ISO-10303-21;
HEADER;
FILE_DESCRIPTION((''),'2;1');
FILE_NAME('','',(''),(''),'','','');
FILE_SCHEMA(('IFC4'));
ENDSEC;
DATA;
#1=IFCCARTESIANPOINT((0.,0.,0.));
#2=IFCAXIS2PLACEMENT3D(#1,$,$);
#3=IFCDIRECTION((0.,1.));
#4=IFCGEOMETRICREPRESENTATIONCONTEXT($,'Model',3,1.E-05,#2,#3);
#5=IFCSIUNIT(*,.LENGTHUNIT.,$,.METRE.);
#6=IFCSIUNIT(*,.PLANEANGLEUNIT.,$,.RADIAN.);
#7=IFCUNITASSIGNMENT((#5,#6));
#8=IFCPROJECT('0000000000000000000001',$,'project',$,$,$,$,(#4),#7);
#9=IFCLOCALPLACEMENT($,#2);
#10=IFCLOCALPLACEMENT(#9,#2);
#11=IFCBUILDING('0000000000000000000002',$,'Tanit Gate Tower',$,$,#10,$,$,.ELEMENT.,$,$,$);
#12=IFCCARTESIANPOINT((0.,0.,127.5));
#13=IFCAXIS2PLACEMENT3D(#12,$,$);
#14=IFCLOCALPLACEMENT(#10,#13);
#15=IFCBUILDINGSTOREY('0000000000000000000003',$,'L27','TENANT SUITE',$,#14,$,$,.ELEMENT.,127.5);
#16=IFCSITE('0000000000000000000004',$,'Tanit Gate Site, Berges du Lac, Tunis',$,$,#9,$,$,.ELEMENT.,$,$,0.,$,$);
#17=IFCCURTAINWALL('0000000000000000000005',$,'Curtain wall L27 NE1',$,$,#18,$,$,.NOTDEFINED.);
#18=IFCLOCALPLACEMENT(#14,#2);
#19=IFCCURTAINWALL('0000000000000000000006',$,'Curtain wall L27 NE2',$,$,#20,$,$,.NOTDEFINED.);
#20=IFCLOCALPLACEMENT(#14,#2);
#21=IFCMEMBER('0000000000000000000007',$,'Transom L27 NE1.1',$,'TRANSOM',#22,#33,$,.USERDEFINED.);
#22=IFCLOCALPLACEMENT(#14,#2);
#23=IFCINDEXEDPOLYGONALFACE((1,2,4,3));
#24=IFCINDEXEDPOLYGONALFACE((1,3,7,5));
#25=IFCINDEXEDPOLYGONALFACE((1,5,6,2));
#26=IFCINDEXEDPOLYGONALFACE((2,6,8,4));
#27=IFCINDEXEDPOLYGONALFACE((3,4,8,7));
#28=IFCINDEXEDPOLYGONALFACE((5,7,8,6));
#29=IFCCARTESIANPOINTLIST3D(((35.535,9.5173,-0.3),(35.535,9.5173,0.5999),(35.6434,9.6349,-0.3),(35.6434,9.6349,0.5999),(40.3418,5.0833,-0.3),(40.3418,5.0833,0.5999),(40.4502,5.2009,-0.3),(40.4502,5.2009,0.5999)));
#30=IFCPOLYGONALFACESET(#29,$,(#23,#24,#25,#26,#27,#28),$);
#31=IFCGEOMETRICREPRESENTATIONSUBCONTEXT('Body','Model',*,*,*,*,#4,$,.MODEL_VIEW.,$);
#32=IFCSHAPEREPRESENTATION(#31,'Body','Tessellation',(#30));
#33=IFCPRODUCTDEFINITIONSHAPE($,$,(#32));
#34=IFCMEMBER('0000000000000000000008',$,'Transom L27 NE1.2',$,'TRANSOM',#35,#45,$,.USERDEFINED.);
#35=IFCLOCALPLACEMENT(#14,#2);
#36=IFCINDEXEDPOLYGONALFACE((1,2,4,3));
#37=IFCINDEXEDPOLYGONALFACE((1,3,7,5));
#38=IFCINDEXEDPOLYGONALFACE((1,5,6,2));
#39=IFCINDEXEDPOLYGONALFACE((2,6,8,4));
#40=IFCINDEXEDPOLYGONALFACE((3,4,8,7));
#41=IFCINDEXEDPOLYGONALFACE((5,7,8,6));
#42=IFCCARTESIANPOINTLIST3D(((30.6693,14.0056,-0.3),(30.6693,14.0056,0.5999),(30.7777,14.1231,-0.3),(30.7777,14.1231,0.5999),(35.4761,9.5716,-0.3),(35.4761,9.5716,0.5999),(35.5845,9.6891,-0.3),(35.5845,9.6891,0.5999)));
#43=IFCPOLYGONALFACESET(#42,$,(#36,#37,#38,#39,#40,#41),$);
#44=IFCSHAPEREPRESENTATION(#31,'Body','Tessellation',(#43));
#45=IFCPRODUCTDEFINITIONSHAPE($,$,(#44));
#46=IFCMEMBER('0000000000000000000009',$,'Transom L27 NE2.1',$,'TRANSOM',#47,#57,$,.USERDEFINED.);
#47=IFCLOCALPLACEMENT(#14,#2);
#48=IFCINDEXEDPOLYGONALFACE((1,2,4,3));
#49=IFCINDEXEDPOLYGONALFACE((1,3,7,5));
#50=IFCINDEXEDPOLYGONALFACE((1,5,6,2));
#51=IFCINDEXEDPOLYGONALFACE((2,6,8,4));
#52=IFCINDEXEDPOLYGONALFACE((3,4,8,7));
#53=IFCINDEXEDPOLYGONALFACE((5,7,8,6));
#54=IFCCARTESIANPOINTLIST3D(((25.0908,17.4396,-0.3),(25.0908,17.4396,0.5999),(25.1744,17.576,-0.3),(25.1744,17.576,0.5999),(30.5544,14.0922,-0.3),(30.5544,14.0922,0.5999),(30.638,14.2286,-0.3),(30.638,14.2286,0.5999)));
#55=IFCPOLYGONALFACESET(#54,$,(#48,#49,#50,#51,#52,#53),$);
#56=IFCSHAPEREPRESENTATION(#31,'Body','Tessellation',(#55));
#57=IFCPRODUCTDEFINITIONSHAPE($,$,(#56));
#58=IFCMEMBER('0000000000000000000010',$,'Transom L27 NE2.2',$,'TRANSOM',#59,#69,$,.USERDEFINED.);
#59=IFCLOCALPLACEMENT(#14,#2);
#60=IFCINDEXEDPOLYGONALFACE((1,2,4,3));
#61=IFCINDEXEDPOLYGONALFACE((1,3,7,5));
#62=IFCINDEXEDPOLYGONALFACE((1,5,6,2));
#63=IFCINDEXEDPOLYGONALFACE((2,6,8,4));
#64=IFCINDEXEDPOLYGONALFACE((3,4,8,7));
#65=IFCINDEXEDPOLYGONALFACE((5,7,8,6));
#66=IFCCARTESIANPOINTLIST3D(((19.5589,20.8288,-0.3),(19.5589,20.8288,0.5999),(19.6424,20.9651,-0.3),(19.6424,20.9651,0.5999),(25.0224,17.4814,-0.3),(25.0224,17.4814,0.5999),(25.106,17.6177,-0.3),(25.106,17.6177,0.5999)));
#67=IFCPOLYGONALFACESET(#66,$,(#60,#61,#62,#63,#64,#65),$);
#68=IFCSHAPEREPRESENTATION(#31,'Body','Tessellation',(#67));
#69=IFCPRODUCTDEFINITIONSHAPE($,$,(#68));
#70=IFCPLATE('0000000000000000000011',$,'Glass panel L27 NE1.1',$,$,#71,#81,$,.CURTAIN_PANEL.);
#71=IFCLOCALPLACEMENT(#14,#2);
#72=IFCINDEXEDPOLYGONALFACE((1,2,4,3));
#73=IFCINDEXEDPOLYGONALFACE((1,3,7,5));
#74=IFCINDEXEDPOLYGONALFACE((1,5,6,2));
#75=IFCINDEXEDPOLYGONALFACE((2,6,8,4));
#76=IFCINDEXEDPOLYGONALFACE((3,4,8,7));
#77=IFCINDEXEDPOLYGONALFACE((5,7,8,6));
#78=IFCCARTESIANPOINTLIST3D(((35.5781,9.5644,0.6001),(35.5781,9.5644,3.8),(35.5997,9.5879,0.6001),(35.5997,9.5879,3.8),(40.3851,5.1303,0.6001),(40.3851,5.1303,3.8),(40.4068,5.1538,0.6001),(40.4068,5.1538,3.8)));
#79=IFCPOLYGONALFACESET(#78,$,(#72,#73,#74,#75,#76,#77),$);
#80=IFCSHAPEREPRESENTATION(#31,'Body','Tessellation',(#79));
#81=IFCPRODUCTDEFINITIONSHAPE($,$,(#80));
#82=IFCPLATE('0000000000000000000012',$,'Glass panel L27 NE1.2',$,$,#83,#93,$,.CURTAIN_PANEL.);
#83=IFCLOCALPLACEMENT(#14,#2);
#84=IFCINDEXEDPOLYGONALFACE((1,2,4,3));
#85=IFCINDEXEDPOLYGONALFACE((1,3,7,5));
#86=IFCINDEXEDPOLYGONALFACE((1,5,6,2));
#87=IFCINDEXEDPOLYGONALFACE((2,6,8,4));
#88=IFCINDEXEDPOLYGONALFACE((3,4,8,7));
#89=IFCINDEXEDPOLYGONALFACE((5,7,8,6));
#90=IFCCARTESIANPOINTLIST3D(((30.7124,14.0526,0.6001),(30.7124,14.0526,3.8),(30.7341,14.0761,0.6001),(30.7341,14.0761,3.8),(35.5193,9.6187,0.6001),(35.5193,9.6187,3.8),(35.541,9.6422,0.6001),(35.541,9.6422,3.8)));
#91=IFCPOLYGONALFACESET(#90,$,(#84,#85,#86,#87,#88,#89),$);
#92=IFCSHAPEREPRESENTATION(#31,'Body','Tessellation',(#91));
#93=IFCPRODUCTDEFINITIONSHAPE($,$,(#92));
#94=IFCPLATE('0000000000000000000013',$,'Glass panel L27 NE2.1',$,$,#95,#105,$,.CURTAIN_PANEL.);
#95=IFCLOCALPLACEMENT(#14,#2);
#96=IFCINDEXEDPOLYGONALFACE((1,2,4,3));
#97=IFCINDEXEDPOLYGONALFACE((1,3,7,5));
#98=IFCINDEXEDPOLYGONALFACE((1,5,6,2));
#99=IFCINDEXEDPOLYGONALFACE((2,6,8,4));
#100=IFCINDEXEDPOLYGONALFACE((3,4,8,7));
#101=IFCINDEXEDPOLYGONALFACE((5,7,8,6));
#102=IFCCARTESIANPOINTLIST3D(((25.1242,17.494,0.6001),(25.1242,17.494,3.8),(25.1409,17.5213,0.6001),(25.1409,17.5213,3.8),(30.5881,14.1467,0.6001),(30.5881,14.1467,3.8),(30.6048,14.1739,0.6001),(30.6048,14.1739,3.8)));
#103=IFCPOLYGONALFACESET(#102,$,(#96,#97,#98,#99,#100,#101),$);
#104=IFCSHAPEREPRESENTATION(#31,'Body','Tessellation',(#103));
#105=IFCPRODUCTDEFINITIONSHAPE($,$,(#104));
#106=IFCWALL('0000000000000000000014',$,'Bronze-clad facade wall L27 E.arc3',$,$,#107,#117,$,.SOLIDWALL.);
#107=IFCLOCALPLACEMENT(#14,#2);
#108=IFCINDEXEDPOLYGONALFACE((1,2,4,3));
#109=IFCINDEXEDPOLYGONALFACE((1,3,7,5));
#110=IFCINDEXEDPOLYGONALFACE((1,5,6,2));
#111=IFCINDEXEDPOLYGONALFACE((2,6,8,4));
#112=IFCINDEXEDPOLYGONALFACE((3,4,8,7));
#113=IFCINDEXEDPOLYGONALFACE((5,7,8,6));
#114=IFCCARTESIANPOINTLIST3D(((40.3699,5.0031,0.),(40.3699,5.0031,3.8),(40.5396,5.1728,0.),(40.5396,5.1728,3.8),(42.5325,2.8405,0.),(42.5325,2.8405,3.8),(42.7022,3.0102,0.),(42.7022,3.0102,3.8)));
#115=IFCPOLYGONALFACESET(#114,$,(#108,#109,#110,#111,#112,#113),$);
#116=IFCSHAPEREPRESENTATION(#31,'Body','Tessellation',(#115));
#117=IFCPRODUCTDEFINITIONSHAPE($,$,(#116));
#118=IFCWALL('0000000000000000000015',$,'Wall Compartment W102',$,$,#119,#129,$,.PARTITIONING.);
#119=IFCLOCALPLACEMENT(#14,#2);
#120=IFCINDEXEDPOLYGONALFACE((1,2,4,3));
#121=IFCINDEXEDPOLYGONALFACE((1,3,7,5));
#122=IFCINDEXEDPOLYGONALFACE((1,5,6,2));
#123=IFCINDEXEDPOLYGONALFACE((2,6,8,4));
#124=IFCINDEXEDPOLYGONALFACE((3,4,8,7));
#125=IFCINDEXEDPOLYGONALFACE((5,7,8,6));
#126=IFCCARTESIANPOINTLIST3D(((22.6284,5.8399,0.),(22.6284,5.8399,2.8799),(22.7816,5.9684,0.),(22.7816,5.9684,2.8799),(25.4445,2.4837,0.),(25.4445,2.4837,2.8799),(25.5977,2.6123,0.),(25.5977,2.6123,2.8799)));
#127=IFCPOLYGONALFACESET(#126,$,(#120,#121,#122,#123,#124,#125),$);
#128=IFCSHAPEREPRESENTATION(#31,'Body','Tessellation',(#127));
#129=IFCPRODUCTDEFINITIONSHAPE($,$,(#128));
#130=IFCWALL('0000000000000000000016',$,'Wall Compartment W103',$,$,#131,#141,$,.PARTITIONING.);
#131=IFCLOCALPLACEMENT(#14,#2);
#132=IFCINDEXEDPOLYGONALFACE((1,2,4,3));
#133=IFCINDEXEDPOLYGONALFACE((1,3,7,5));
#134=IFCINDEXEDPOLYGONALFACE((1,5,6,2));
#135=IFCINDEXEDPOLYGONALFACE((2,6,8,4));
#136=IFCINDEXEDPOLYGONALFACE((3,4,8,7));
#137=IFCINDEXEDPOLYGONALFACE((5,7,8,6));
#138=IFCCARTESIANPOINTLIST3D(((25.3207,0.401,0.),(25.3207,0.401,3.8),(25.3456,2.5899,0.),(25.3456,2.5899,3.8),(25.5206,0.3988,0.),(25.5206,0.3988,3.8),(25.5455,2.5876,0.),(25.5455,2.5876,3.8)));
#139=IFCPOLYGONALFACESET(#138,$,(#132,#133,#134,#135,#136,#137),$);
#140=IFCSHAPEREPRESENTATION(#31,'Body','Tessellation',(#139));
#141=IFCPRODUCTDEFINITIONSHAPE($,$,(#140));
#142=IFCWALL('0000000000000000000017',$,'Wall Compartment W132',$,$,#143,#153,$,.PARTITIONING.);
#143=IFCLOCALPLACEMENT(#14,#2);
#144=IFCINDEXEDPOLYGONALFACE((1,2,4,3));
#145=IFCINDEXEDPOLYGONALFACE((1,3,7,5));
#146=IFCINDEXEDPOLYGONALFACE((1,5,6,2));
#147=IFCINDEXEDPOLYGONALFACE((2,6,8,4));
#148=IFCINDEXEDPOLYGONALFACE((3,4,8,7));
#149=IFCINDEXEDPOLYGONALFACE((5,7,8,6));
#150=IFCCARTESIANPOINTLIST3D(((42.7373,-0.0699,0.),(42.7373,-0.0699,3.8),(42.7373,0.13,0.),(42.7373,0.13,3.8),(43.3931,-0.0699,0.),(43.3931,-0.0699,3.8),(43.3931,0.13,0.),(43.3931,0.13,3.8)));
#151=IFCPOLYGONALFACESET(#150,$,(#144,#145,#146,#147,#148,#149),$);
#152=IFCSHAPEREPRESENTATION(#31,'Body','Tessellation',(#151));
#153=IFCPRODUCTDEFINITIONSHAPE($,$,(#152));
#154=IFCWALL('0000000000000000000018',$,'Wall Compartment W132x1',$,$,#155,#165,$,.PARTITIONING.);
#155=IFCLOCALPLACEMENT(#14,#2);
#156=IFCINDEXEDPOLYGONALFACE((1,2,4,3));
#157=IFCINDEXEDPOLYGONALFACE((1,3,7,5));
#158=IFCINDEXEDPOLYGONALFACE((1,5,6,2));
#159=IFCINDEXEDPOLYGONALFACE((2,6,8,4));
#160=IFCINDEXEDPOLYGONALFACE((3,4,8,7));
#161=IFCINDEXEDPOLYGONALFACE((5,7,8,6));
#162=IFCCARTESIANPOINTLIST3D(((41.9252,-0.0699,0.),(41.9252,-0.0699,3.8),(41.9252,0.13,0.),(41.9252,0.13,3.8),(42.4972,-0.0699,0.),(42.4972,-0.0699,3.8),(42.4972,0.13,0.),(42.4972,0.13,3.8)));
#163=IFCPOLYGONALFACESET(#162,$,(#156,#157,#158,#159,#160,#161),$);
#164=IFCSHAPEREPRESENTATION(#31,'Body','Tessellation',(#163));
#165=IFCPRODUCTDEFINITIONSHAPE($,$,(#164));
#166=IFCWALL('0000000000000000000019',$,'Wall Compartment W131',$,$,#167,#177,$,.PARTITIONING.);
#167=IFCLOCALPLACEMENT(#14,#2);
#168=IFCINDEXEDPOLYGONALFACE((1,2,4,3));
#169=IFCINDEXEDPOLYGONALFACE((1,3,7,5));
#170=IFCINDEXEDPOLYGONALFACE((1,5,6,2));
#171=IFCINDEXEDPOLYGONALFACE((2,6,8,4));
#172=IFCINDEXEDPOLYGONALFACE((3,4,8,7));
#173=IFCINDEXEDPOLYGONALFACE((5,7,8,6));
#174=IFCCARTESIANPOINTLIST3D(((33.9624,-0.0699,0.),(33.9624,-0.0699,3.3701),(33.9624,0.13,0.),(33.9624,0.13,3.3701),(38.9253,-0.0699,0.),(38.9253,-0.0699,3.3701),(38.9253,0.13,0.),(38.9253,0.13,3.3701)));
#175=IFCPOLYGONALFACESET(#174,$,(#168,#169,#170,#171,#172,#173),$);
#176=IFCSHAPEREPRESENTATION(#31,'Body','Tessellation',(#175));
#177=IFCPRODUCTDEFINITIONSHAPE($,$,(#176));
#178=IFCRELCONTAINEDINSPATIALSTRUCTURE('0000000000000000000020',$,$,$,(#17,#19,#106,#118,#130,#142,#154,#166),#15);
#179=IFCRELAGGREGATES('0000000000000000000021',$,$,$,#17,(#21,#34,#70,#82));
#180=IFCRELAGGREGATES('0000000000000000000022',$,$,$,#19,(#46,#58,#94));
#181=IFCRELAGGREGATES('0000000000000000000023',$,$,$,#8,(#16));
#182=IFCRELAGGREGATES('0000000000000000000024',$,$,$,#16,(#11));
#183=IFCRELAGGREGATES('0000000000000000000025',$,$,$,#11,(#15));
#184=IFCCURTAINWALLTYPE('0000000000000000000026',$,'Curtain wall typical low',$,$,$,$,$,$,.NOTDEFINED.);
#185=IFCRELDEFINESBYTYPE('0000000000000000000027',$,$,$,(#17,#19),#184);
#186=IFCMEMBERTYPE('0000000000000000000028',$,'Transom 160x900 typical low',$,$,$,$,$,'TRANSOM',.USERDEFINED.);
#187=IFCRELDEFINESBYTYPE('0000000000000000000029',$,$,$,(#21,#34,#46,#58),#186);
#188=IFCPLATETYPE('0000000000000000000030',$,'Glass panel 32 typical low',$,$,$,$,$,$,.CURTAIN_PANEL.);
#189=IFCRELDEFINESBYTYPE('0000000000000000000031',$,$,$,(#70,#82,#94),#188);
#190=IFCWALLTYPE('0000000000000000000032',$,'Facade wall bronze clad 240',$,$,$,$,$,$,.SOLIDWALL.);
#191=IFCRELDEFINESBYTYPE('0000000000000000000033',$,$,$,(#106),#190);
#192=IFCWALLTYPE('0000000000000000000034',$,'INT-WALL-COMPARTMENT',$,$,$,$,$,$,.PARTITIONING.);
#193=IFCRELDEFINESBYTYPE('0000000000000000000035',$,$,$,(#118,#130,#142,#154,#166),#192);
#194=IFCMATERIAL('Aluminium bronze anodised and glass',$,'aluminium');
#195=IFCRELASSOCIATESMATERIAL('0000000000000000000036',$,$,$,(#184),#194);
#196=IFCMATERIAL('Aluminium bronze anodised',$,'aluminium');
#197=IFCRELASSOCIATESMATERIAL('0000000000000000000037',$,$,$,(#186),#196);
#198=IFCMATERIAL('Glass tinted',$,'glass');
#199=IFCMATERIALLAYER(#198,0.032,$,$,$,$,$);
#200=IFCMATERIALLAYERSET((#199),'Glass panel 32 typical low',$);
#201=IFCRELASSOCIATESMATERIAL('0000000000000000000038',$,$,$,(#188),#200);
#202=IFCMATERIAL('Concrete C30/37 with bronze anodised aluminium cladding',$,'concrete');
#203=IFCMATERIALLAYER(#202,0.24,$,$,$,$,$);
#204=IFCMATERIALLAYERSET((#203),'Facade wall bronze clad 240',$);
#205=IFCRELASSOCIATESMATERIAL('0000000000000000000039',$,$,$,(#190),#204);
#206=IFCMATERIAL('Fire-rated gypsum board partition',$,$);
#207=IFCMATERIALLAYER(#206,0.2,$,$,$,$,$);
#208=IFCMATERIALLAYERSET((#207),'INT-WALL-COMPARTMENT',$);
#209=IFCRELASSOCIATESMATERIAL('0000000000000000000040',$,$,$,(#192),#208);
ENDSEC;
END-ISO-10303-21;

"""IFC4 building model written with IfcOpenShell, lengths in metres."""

from ifc_helpers import new_model, si_unit, direction, frame, frame_2d, origin, origin_2d, place, context, subcontext, project, spatial, rectangle, extrude, material, layer, layer_set, material_profile, profile_set, type_object, element, aggregate, save


model = new_model("IFC4")

# Units and contexts
model_context = context("Model", 3, precision=1e-05, world=origin(), true_north=direction((0.0, 1.0)))
body_context = subcontext(model_context, "Body", "Model", "MODEL_VIEW")
ifc_project = project(units=[si_unit("LENGTHUNIT", "METRE"), si_unit("PLANEANGLEUNIT", "RADIAN")], contexts=[model_context])

# Site, building, storey
site_placement = place(None, origin())
site = spatial("IfcSite", under=ifc_project, at=site_placement, Name="Tanit Gate Site, Berges du Lac, Tunis", CompositionType="ELEMENT", RefElevation=0.0)
building_placement = place(site_placement, origin())
building = spatial("IfcBuilding", under=site, at=building_placement, Name="Tanit Gate Tower", CompositionType="ELEMENT")
storey_placement = place(building_placement, frame((0.0, 0.0, 127.5)))
storey = spatial("IfcBuildingStorey", under=building, at=storey_placement, Name="L27", Description="TENANT SUITE", CompositionType="ELEMENT", Elevation=127.5)

# Curtain walls
ifc_material_1 = material(Name="Aluminium bronze anodised and glass", Category="aluminium")
curtain_wall_type = type_object("IfcCurtainWallType", Name="Curtain wall typical low", PredefinedType="NOTDEFINED", material=ifc_material_1)
curtain_wall_1_placement = place(storey_placement, origin())
curtain_wall_1 = element("IfcCurtainWall", 1, at=curtain_wall_1_placement, inside=storey, type_object=curtain_wall_type, Name="Curtain wall L27 NE1", PredefinedType="NOTDEFINED")
curtain_wall_2_placement = place(storey_placement, origin())
curtain_wall_2 = element("IfcCurtainWall", 2, at=curtain_wall_2_placement, inside=storey, type_object=curtain_wall_type, Name="Curtain wall L27 NE2", PredefinedType="NOTDEFINED")

# Members
ifc_material_2 = material(Name="Aluminium bronze anodised", Category="aluminium")
ifc_material_profile_1 = material_profile(ifc_material_2, rectangle(XDim=0.1599, YDim=0.8999, at=origin_2d()), Name="160x900 bronze transom")
ifc_profile_set_1 = profile_set([ifc_material_profile_1], Name="Aluminium bronze anodised")
member_type_1 = type_object("IfcMemberType", Name="Transom 160x900 typical low", ElementType="TRANSOM", PredefinedType="USERDEFINED", material=ifc_profile_set_1)
member_1_placement = place(storey_placement, frame((40.396, 5.1421, 0.1499), z_axis=(-0.735035, 0.678029, 0.0), x_axis=(-0.678029, -0.735035, 0.0)))
member_1 = element("IfcMember", 3, at=member_1_placement, type_object=member_type_1, Name="Transom L27 NE1.1", ObjectType="TRANSOM", PredefinedType="USERDEFINED", context=body_context, shape_type="SweptSolid", body=[
    extrude(rectangle(XDim=0.1599, YDim=0.8999, at=origin_2d()), origin(), (0.0, 0.0, 1.0), 6.5396),
])
member_2_placement = place(storey_placement, frame((35.5303, 9.6304, 0.1499), z_axis=(-0.735035, 0.678029, 0.0), x_axis=(-0.678029, -0.735035, 0.0)))
member_2 = element("IfcMember", 4, at=member_2_placement, type_object=member_type_1, Name="Transom L27 NE1.2", ObjectType="TRANSOM", PredefinedType="USERDEFINED", context=body_context, shape_type="SweptSolid", body=[
    extrude(rectangle(XDim=0.1599, YDim=0.8999, at=origin_2d()), origin(), (0.0, 0.0, 1.0), 6.5396),
])
member_3_placement = place(storey_placement, frame((30.5962, 14.1604, 0.1499), z_axis=(-0.852689, 0.522419, 0.0), x_axis=(-0.522419, -0.852689, 0.0)))
member_3 = element("IfcMember", 5, at=member_3_placement, type_object=member_type_1, Name="Transom L27 NE2.1", ObjectType="TRANSOM", PredefinedType="USERDEFINED", context=body_context, shape_type="SweptSolid", body=[
    extrude(rectangle(XDim=0.1599, YDim=0.8999, at=origin_2d()), origin(), (0.0, 0.0, 1.0), 6.4075),
])
member_4_placement = place(storey_placement, frame((25.0642, 17.5496, 0.1499), z_axis=(-0.852689, 0.522419, 0.0), x_axis=(-0.522419, -0.852689, 0.0)))
member_4 = element("IfcMember", 6, at=member_4_placement, type_object=member_type_1, Name="Transom L27 NE2.2", ObjectType="TRANSOM", PredefinedType="USERDEFINED", context=body_context, shape_type="SweptSolid", body=[
    extrude(rectangle(XDim=0.1599, YDim=0.8999, at=origin_2d()), origin(), (0.0, 0.0, 1.0), 6.4075),
])

# Plates
ifc_material_3 = material(Name="Glass tinted", Category="glass")
ifc_layer_1 = layer(ifc_material_3, 0.032)
ifc_layer_set_1 = layer_set([ifc_layer_1], Name="Glass panel 32 typical low")
plate_type = type_object("IfcPlateType", Name="Glass panel 32 typical low", PredefinedType="CURTAIN_PANEL", material=ifc_layer_set_1)
plate_1_placement = place(storey_placement, frame((37.9924, 7.3591, 0.6001), z_axis=(0.0, 0.0, 1.0), x_axis=(-0.735046, 0.678017, 0.0)))
plate_1 = element("IfcPlate", 7, at=plate_1_placement, type_object=plate_type, Name="Glass panel L27 NE1.1", PredefinedType="CURTAIN_PANEL", context=body_context, shape_type="SweptSolid", body=[
    extrude(rectangle(XDim=6.5398, YDim=0.032, at=origin_2d()), origin(), (0.0, 0.0, 1.0), 3.2),
])
plate_2_placement = place(storey_placement, frame((33.1267, 11.8474, 0.6001), z_axis=(0.0, 0.0, 1.0), x_axis=(-0.735046, 0.678017, 0.0)))
plate_2 = element("IfcPlate", 8, at=plate_2_placement, type_object=plate_type, Name="Glass panel L27 NE1.2", PredefinedType="CURTAIN_PANEL", context=body_context, shape_type="SweptSolid", body=[
    extrude(rectangle(XDim=6.5396, YDim=0.032, at=origin_2d()), origin(), (0.0, 0.0, 1.0), 3.2),
])
aggregate(curtain_wall_1, [member_1, member_2, plate_1, plate_2])
plate_3_placement = place(storey_placement, frame((27.8645, 15.834, 0.6001), z_axis=(0.0, 0.0, 1.0), x_axis=(-0.8527, 0.522401, 0.0)))
plate_3 = element("IfcPlate", 9, at=plate_3_placement, type_object=plate_type, Name="Glass panel L27 NE2.1", PredefinedType="CURTAIN_PANEL", context=body_context, shape_type="SweptSolid", body=[
    extrude(rectangle(XDim=6.4077, YDim=0.032, at=origin_2d()), origin(), (0.0, 0.0, 1.0), 3.2),
])
aggregate(curtain_wall_2, [member_3, member_4, plate_3])

# Walls
ifc_material_4 = material(Name="Concrete C30/37 with bronze anodised aluminium cladding", Category="concrete")
ifc_layer_2 = layer(ifc_material_4, 0.24)
ifc_layer_set_2 = layer_set([ifc_layer_2], Name="Facade wall bronze clad 240")
wall_type_1 = type_object("IfcWallType", Name="Facade wall bronze clad 240", PredefinedType="SOLIDWALL", material=ifc_layer_set_2)
wall_1_placement = place(storey_placement, frame((42.6174, 2.9253, 0.0), z_axis=(0.0, 0.0, 1.0), x_axis=(-0.707107, 0.707107, 0.0)))
element("IfcWall", 10, at=wall_1_placement, inside=storey, type_object=wall_type_1, Name="Bronze-clad facade wall L27 E.arc3", PredefinedType="SOLIDWALL", context=body_context, shape_type="SweptSolid", body=[
    extrude(rectangle(XDim=3.0583, YDim=0.24, at=frame_2d((1.5293, 0.0))), origin(), (0.0, 0.0, 1.0), 3.8),
])
ifc_material_5 = material(Name="Fire-rated gypsum board partition")
ifc_layer_3 = layer(ifc_material_5, 0.2)
ifc_layer_set_3 = layer_set([ifc_layer_3], Name="INT-WALL-COMPARTMENT")
wall_type_2 = type_object("IfcWallType", Name="INT-WALL-COMPARTMENT", PredefinedType="PARTITIONING", material=ifc_layer_set_3)
wall_2_placement = place(storey_placement, frame((25.521, 2.5481, 0.0), z_axis=(0.0, 0.0, 1.0), x_axis=(-0.642784, 0.766047, 0.0)))
element("IfcWall", 11, at=wall_2_placement, inside=storey, type_object=wall_type_2, Name="Wall Compartment W102", PredefinedType="PARTITIONING", context=body_context, shape_type="SweptSolid", body=[
    extrude(rectangle(XDim=4.3811, YDim=0.2, at=frame_2d((2.1904, 0.0))), origin(), (0.0, 0.0, 1.0), 2.8799),
])
wall_3_placement = place(storey_placement, frame((25.4207, 0.3999, 0.0), z_axis=(0.0, 0.0, 1.0), x_axis=(0.011377, 0.999935, 0.0)))
element("IfcWall", 12, at=wall_3_placement, inside=storey, type_object=wall_type_2, Name="Wall Compartment W103", PredefinedType="PARTITIONING", context=body_context, shape_type="SweptSolid", body=[
    extrude(rectangle(XDim=2.189, YDim=0.2, at=frame_2d((1.0945, 0.0))), origin(), (0.0, 0.0, 1.0), 3.8),
])
wall_4_placement = place(storey_placement, frame((43.3931, 0.03, 0.0), z_axis=(0.0, 0.0, 1.0), x_axis=(-1.0, 0.0, 0.0)))
element("IfcWall", 13, at=wall_4_placement, inside=storey, type_object=wall_type_2, Name="Wall Compartment W132", PredefinedType="PARTITIONING", context=body_context, shape_type="SweptSolid", body=[
    extrude(rectangle(XDim=0.6558, YDim=0.2, at=frame_2d((0.3279, 0.0))), origin(), (0.0, 0.0, 1.0), 3.8),
])
wall_5_placement = place(storey_placement, frame((42.4973, 0.03, 0.0), z_axis=(0.0, 0.0, 1.0), x_axis=(-1.0, 0.0, 0.0)))
element("IfcWall", 14, at=wall_5_placement, inside=storey, type_object=wall_type_2, Name="Wall Compartment W132x1", PredefinedType="PARTITIONING", context=body_context, shape_type="SweptSolid", body=[
    extrude(rectangle(XDim=0.572, YDim=0.2, at=frame_2d((0.2861, 0.0))), origin(), (0.0, 0.0, 1.0), 3.8),
])
wall_6_placement = place(storey_placement, frame((38.9253, 0.03, 0.0), z_axis=(0.0, 0.0, 1.0), x_axis=(-1.0, 0.0, 0.0)))
element("IfcWall", 15, at=wall_6_placement, inside=storey, type_object=wall_type_2, Name="Wall Compartment W131", PredefinedType="PARTITIONING", context=body_context, shape_type="SweptSolid", body=[
    extrude(rectangle(XDim=4.9629, YDim=0.2, at=frame_2d((2.4814, 0.0))), origin(), (0.0, 0.0, 1.0), 3.3701),
])

save(model, "model.ifc")
